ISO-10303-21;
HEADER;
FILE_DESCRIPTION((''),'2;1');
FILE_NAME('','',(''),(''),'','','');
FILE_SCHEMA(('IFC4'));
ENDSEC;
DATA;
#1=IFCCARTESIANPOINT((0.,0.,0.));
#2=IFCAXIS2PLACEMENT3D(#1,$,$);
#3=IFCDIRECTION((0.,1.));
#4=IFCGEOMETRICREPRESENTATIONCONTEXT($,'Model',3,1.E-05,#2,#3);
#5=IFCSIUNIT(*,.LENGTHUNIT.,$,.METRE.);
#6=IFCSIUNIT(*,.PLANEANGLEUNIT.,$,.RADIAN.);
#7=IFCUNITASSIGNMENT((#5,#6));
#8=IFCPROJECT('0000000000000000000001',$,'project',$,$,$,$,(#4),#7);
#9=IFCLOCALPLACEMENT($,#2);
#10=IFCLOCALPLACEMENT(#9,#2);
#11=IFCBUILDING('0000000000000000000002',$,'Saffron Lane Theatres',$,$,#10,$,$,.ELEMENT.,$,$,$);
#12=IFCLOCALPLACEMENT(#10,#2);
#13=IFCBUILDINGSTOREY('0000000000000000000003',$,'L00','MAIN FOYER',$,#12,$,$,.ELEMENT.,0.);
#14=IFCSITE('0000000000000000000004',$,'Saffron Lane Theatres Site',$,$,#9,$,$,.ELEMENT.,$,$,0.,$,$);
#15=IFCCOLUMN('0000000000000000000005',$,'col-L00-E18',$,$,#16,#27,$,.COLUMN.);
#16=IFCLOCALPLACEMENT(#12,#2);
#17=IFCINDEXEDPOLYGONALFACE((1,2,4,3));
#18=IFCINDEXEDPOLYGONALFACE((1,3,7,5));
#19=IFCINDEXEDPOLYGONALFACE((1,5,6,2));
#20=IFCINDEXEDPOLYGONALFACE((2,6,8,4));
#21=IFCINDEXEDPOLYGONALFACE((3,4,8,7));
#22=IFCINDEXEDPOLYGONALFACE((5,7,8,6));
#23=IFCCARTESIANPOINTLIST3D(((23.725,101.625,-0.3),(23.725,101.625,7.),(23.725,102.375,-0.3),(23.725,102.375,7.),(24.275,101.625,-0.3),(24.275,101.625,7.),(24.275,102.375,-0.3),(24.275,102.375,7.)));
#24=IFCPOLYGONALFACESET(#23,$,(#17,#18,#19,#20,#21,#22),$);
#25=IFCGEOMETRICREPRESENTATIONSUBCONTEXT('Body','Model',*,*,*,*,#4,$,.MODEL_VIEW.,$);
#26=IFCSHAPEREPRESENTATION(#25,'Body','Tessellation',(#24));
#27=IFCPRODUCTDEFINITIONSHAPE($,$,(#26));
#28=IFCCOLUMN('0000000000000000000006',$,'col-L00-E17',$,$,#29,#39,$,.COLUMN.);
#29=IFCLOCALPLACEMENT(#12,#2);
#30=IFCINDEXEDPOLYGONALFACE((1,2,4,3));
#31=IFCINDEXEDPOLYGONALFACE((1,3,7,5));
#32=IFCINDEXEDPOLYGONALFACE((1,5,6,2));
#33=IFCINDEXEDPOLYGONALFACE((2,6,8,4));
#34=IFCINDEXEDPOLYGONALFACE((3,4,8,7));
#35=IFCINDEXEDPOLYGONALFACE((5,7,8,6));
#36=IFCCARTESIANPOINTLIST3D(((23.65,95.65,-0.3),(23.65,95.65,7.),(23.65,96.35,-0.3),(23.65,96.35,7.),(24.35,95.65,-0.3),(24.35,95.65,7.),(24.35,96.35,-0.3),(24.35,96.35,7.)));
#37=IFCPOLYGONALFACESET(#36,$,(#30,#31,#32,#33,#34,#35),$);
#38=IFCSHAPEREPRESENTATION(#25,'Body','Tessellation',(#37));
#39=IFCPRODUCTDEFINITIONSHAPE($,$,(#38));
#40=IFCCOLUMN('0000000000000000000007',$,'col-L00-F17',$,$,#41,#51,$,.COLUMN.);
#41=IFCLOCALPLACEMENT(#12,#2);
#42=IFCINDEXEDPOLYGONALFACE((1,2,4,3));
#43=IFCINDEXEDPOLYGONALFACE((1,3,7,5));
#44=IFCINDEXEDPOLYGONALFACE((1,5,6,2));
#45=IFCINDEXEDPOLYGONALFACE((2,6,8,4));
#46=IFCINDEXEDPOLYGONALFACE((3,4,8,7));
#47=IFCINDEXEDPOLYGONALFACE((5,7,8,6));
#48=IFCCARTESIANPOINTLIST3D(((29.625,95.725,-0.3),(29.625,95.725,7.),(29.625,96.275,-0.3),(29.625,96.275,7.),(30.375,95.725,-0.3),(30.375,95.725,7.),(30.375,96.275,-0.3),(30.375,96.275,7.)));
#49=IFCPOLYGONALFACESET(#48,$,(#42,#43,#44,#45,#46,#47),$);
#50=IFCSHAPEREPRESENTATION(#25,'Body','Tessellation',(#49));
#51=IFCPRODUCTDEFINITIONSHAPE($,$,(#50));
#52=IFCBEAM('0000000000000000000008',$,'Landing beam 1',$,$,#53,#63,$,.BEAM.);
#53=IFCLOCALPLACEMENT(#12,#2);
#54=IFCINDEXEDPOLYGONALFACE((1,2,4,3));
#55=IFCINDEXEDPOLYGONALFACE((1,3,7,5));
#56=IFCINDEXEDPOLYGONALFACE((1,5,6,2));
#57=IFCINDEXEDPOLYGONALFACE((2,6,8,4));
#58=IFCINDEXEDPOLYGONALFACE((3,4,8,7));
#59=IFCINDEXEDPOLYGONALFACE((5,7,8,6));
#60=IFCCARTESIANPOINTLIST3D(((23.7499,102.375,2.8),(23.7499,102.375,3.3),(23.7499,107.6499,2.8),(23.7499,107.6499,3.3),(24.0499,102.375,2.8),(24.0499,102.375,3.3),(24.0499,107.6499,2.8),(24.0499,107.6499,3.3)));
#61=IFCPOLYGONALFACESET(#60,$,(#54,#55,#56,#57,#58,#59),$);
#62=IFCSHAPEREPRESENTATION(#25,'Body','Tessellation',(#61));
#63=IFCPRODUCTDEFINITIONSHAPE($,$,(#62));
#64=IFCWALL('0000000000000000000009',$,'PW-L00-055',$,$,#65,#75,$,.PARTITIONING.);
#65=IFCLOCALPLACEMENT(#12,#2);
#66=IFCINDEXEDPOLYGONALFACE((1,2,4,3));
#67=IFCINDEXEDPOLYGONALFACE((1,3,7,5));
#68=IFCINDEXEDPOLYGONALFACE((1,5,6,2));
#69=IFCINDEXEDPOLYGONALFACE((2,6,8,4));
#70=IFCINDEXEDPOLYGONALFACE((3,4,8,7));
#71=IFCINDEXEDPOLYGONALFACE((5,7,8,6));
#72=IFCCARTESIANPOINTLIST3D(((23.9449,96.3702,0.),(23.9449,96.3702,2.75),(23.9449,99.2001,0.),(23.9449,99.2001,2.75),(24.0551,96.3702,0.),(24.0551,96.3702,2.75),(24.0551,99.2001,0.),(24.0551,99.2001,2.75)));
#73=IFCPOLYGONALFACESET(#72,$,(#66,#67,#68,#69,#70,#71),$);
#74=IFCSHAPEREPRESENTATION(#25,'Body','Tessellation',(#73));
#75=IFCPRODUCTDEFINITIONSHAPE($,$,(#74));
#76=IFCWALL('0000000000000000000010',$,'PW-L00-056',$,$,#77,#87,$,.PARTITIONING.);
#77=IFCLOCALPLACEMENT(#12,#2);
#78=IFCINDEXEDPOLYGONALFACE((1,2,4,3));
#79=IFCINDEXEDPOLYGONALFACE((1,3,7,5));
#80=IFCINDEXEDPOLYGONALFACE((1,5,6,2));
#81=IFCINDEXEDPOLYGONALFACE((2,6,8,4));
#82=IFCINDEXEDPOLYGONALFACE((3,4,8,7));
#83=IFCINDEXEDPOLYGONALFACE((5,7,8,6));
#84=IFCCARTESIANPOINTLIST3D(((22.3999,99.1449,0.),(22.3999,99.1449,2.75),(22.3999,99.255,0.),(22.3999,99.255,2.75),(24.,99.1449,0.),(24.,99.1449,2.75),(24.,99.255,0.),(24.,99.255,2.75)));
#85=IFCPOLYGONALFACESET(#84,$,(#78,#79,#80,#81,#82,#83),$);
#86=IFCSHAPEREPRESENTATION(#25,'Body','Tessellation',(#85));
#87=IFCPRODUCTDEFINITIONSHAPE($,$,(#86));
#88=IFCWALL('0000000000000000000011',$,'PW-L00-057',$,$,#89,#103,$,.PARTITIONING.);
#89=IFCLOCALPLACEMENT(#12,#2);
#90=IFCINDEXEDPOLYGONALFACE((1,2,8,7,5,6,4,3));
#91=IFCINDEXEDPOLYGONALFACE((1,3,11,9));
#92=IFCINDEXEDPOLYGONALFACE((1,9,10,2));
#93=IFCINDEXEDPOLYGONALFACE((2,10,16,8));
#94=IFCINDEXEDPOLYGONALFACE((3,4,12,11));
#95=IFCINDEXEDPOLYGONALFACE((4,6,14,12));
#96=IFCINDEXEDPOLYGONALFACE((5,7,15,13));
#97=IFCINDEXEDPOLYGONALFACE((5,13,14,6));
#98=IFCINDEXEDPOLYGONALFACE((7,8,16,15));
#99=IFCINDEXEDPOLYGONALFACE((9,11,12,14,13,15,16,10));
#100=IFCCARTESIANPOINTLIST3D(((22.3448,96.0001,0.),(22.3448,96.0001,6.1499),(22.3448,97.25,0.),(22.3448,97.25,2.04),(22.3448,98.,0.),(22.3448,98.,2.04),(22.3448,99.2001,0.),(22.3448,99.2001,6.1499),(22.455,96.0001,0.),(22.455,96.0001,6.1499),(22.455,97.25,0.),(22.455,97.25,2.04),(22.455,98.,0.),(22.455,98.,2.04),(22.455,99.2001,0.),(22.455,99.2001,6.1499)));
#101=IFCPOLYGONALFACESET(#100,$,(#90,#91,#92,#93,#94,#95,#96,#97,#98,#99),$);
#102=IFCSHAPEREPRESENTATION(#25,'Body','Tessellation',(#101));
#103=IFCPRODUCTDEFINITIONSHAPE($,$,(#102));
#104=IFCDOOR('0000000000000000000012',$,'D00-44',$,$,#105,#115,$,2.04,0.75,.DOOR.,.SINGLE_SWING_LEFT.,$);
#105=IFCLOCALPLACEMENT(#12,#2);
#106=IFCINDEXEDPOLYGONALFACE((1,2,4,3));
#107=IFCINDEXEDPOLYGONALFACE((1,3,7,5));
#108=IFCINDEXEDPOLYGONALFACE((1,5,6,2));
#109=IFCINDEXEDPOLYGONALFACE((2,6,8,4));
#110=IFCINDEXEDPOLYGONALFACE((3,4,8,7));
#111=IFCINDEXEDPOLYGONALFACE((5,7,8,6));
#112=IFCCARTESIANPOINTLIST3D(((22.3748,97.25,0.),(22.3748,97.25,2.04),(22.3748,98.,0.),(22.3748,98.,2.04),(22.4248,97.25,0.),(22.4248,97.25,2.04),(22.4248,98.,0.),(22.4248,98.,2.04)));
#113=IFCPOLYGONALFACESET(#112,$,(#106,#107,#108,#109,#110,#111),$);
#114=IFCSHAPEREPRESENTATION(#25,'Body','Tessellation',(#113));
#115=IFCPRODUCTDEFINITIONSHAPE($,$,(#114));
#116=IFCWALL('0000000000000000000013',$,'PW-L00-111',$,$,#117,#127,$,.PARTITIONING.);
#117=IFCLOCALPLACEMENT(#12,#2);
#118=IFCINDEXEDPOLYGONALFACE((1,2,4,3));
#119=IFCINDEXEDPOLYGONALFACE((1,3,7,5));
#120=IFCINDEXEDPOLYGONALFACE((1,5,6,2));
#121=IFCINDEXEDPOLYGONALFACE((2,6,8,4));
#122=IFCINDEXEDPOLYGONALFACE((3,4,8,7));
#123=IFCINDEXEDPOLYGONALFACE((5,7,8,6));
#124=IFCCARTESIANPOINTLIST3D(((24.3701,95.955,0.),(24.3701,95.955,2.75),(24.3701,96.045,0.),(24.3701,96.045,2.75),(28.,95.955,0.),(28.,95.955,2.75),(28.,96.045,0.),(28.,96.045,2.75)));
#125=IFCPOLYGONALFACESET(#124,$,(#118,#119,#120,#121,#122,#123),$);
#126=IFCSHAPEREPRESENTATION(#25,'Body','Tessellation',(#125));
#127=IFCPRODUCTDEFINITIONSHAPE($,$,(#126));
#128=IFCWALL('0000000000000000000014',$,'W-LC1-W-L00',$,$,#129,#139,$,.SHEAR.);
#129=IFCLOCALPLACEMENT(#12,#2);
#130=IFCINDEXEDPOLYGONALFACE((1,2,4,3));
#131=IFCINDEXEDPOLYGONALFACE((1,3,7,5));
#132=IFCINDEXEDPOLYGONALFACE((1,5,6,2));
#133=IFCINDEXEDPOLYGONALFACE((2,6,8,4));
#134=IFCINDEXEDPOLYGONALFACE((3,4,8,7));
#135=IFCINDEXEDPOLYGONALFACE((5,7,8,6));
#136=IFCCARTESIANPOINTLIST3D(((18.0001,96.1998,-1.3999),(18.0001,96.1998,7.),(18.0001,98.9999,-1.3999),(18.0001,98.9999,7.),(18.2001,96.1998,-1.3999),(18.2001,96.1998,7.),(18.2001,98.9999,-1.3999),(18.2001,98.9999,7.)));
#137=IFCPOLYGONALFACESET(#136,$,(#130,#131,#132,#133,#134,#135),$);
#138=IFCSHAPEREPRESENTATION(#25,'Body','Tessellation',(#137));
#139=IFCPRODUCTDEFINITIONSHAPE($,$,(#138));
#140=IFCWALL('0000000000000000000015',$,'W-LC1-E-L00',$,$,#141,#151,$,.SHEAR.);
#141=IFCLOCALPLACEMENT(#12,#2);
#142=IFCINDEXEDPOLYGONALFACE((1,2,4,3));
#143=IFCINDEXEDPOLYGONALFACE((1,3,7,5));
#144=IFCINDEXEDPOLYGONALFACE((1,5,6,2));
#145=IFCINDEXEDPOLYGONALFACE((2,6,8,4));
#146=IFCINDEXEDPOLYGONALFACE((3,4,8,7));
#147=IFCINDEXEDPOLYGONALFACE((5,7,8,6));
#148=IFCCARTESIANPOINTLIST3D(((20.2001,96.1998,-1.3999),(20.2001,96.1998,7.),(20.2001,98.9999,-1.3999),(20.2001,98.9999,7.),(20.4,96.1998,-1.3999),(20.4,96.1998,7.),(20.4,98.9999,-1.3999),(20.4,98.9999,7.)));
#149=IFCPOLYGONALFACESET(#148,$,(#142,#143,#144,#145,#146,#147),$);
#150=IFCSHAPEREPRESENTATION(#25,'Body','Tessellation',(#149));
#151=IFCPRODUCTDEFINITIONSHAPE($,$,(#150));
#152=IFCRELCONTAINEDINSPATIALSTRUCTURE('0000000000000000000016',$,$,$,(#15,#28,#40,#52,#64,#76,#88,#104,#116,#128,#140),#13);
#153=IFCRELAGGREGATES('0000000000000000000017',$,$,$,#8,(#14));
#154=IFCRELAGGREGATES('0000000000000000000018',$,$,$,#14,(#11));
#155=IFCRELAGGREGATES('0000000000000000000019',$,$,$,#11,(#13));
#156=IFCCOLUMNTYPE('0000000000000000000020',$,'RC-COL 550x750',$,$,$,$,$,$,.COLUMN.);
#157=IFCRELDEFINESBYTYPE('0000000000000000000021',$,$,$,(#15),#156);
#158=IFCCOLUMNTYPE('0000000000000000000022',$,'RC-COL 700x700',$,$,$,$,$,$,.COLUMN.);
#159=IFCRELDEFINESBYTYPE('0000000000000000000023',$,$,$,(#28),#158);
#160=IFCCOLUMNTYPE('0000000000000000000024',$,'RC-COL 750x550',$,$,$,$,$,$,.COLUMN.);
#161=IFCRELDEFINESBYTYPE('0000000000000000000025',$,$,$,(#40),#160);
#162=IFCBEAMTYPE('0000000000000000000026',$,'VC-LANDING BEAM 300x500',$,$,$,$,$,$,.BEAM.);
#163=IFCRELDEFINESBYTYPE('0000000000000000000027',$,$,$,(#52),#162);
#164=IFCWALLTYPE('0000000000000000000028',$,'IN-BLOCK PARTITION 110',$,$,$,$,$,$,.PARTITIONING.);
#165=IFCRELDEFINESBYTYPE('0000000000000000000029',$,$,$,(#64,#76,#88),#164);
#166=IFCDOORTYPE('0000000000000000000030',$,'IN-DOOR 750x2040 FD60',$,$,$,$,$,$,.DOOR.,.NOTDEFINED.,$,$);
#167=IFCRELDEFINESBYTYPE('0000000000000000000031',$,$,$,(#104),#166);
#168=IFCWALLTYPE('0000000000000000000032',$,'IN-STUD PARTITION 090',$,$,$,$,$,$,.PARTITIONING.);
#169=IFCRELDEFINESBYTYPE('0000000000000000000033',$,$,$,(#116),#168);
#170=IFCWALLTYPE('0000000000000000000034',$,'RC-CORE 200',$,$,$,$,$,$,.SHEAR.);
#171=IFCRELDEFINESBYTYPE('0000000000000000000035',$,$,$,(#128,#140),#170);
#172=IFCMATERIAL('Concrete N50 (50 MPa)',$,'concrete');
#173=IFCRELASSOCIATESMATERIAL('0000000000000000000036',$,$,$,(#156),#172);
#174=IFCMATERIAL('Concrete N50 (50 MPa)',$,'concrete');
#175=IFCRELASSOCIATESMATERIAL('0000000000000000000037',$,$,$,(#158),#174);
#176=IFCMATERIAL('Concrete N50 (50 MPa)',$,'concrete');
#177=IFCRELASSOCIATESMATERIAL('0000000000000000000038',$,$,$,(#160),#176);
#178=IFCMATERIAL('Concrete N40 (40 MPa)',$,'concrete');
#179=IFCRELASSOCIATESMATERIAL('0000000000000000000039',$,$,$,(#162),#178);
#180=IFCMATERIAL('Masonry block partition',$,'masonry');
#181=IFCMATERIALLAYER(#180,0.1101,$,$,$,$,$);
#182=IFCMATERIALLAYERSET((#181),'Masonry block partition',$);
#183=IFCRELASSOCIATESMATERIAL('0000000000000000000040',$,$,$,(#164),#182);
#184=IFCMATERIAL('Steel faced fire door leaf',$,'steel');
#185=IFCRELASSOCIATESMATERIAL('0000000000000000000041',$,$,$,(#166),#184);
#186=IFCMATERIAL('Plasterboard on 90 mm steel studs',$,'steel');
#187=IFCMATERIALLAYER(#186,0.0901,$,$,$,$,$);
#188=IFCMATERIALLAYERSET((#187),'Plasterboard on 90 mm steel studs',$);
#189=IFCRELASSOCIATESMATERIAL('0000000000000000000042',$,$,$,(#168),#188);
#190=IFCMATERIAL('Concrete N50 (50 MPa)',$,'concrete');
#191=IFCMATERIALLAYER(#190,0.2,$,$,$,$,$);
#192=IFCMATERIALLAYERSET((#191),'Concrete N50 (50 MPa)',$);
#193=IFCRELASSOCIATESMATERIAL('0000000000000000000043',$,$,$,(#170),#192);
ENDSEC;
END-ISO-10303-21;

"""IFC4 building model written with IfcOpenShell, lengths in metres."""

from ifc_helpers import new_model, si_unit, direction, frame, frame_2d, origin, origin_2d, place, context, subcontext, project, spatial, rectangle, extrude, material, layer, layer_set, material_profile, profile_set, type_object, element, fill, save


model = new_model("IFC4")

# Units and contexts
model_context = context("Model", 3, precision=1e-05, world=origin(), true_north=direction((0.0, 1.0)))
body_context = subcontext(model_context, "Body", "Model", "MODEL_VIEW")
ifc_project = project(units=[si_unit("LENGTHUNIT", "METRE"), si_unit("PLANEANGLEUNIT", "RADIAN")], contexts=[model_context])

# Site, building, storey
site_placement = place(None, origin())
site = spatial("IfcSite", under=ifc_project, at=site_placement, Name="Saffron Lane Theatres Site", CompositionType="ELEMENT", RefElevation=0.0)
building_placement = place(site_placement, origin())
building = spatial("IfcBuilding", under=site, at=building_placement, Name="Saffron Lane Theatres", CompositionType="ELEMENT")
storey_placement = place(building_placement, origin())
storey = spatial("IfcBuildingStorey", under=building, at=storey_placement, Name="L00", Description="MAIN FOYER", CompositionType="ELEMENT", Elevation=0.0)

# Columns
ifc_material_1 = material(Name="Concrete N50 (50 MPa)", Category="concrete")
ifc_material_profile_1 = material_profile(ifc_material_1, rectangle(XDim=0.55, YDim=0.75, at=origin_2d()))
ifc_profile_set_1 = profile_set([ifc_material_profile_1], Name="Concrete N50 (50 MPa)")
column_type_1 = type_object("IfcColumnType", Name="RC-COL 550x750", PredefinedType="COLUMN", material=ifc_profile_set_1)
column_1_placement = place(storey_placement, frame((24.0, 102.0, -0.3), z_axis=(0.0, 0.0, 1.0), x_axis=(1.0, 0.0, 0.0)))
element("IfcColumn", 1, at=column_1_placement, inside=storey, type_object=column_type_1, Name="col-L00-E18", PredefinedType="COLUMN", context=body_context, shape_type="SweptSolid", body=[
    extrude(rectangle(XDim=0.55, YDim=0.75, at=origin_2d()), origin(), (0.0, 0.0, 1.0), 7.3),
])
ifc_material_2 = material(Name="Concrete N50 (50 MPa)", Category="concrete")
ifc_material_profile_2 = material_profile(ifc_material_2, rectangle(XDim=0.7, YDim=0.7, at=origin_2d()))
ifc_profile_set_2 = profile_set([ifc_material_profile_2], Name="Concrete N50 (50 MPa)")
column_type_2 = type_object("IfcColumnType", Name="RC-COL 700x700", PredefinedType="COLUMN", material=ifc_profile_set_2)
column_2_placement = place(storey_placement, frame((24.0, 96.0, -0.3), z_axis=(0.0, 0.0, 1.0), x_axis=(1.0, 0.0, 0.0)))
element("IfcColumn", 2, at=column_2_placement, inside=storey, type_object=column_type_2, Name="col-L00-E17", PredefinedType="COLUMN", context=body_context, shape_type="SweptSolid", body=[
    extrude(rectangle(XDim=0.7, YDim=0.7, at=origin_2d()), origin(), (0.0, 0.0, 1.0), 7.3),
])
ifc_material_3 = material(Name="Concrete N50 (50 MPa)", Category="concrete")
ifc_material_profile_3 = material_profile(ifc_material_3, rectangle(XDim=0.75, YDim=0.55, at=origin_2d()))
ifc_profile_set_3 = profile_set([ifc_material_profile_3], Name="Concrete N50 (50 MPa)")
column_type_3 = type_object("IfcColumnType", Name="RC-COL 750x550", PredefinedType="COLUMN", material=ifc_profile_set_3)
column_3_placement = place(storey_placement, frame((30.0, 96.0, -0.3), z_axis=(0.0, 0.0, 1.0), x_axis=(1.0, 0.0, 0.0)))
element("IfcColumn", 3, at=column_3_placement, inside=storey, type_object=column_type_3, Name="col-L00-F17", PredefinedType="COLUMN", context=body_context, shape_type="SweptSolid", body=[
    extrude(rectangle(XDim=0.75, YDim=0.55, at=origin_2d()), origin(), (0.0, 0.0, 1.0), 7.3),
])

# Beam
ifc_material_4 = material(Name="Concrete N40 (40 MPa)", Category="concrete")
ifc_material_profile_4 = material_profile(ifc_material_4, rectangle(XDim=0.3, YDim=0.5, at=origin_2d()))
ifc_profile_set_4 = profile_set([ifc_material_profile_4], Name="Concrete N40 (40 MPa)")
beam_type = type_object("IfcBeamType", Name="VC-LANDING BEAM 300x500", PredefinedType="BEAM", material=ifc_profile_set_4)
beam_placement = place(storey_placement, frame((23.8999, 102.375, 3.05), z_axis=(0.0, 1.0, 0.0), x_axis=(-1.0, 0.0, 0.0)))
element("IfcBeam", 4, at=beam_placement, inside=storey, type_object=beam_type, Name="Landing beam 1", PredefinedType="BEAM", context=body_context, shape_type="SweptSolid", body=[
    extrude(rectangle(XDim=0.3, YDim=0.5, at=origin_2d()), origin(), (0.0, 0.0, 1.0), 5.2749),
])

# Walls
ifc_material_5 = material(Name="Masonry block partition", Category="masonry")
ifc_layer_1 = layer(ifc_material_5, 0.1101)
ifc_layer_set_1 = layer_set([ifc_layer_1], Name="Masonry block partition")
wall_type_1 = type_object("IfcWallType", Name="IN-BLOCK PARTITION 110", PredefinedType="PARTITIONING", material=ifc_layer_set_1)
wall_1_placement = place(storey_placement, frame((24.0, 96.3701, 0.0), z_axis=(0.0, 0.0, 1.0), x_axis=(0.0, 1.0, 0.0)))
element("IfcWall", 5, at=wall_1_placement, inside=storey, type_object=wall_type_1, Name="PW-L00-055", PredefinedType="PARTITIONING", context=body_context, shape_type="SweptSolid", body=[
    extrude(rectangle(XDim=2.8298, YDim=0.1101, at=frame_2d((1.415, 0.0))), origin(), (0.0, 0.0, 1.0), 2.75),
])
wall_2_placement = place(storey_placement, frame((22.3999, 99.2, 0.0), z_axis=(0.0, 0.0, 1.0), x_axis=(1.0, 0.0, 0.0)))
element("IfcWall", 6, at=wall_2_placement, inside=storey, type_object=wall_type_1, Name="PW-L00-056", PredefinedType="PARTITIONING", context=body_context, shape_type="SweptSolid", body=[
    extrude(rectangle(XDim=1.6001, YDim=0.1101, at=frame_2d((0.8, 0.0))), origin(), (0.0, 0.0, 1.0), 2.75),
])

# Wall, opening, door
wall_3_placement = place(storey_placement, frame((22.3999, 96.0, 0.0), z_axis=(0.0, 0.0, 1.0), x_axis=(0.0, 1.0, 0.0)))
wall_3 = element("IfcWall", 7, at=wall_3_placement, inside=storey, type_object=wall_type_1, Name="PW-L00-057", PredefinedType="PARTITIONING", context=body_context, shape_type="SweptSolid", body=[
    extrude(rectangle(XDim=3.2, YDim=0.1101, at=frame_2d((1.6001, 0.0))), origin(), (0.0, 0.0, 1.0), 6.1499),
])
opening_placement = place(wall_3_placement, frame((1.25, 0.0, 0.0)))
opening = element("IfcOpeningElement", 8, at=opening_placement, cuts=wall_3, PredefinedType="OPENING", context=body_context, shape_type="SweptSolid", body=[
    extrude(rectangle(XDim=0.75, YDim=2.04, at=frame_2d((0.375, 1.02))), frame((0.0, 0.0649, 0.0), z_axis=(0.0, -1.0, 0.0), x_axis=(1.0, 0.0, 0.0)), (0.0, 0.0, 1.0), 0.1301),
])
ifc_material_6 = material(Name="Steel faced fire door leaf", Category="steel")
door_type = type_object("IfcDoorType", Name="IN-DOOR 750x2040 FD60", OperationType="NOTDEFINED", PredefinedType="DOOR", material=ifc_material_6)
door_placement = place(opening_placement, frame((0.75, 0.0, 0.0), z_axis=(0.0, 0.0, 1.0), x_axis=(-1.0, 0.0, 0.0)))
door = element("IfcDoor", 9, at=door_placement, inside=storey, type_object=door_type, Name="D00-44", OperationType="SINGLE_SWING_LEFT", OverallHeight=2.04, OverallWidth=0.75, PredefinedType="DOOR", context=body_context, shape_type="SweptSolid", body=[
    extrude(rectangle(XDim=0.75, YDim=2.04, at=frame_2d((0.375, 1.02))), frame((0.0, 0.0249, 0.0), z_axis=(0.0, -1.0, 0.0), x_axis=(1.0, 0.0, 0.0)), (0.0, 0.0, 1.0), 0.05),
])
fill(opening, door)

# Walls
ifc_material_7 = material(Name="Plasterboard on 90 mm steel studs", Category="steel")
ifc_layer_2 = layer(ifc_material_7, 0.0901)
ifc_layer_set_2 = layer_set([ifc_layer_2], Name="Plasterboard on 90 mm steel studs")
wall_type_2 = type_object("IfcWallType", Name="IN-STUD PARTITION 090", PredefinedType="PARTITIONING", material=ifc_layer_set_2)
wall_4_placement = place(storey_placement, frame((24.3701, 96.0, 0.0), z_axis=(0.0, 0.0, 1.0), x_axis=(1.0, 0.0, 0.0)))
element("IfcWall", 10, at=wall_4_placement, inside=storey, type_object=wall_type_2, Name="PW-L00-111", PredefinedType="PARTITIONING", context=body_context, shape_type="SweptSolid", body=[
    extrude(rectangle(XDim=3.6299, YDim=0.0901, at=frame_2d((1.8149, 0.0))), origin(), (0.0, 0.0, 1.0), 2.75),
])
ifc_material_8 = material(Name="Concrete N50 (50 MPa)", Category="concrete")
ifc_layer_3 = layer(ifc_material_8, 0.2)
ifc_layer_set_3 = layer_set([ifc_layer_3], Name="Concrete N50 (50 MPa)")
wall_type_3 = type_object("IfcWallType", Name="RC-CORE 200", PredefinedType="SHEAR", material=ifc_layer_set_3)
for number, where, z_axis, x_axis, name in (
    (11, (18.1001, 96.2, -1.3999), (0.0, 0.0, 1.0), (0.0, 1.0, 0.0), "W-LC1-W-L00"),
    (12, (20.3, 96.2, -1.3999), (0.0, 0.0, 1.0), (0.0, 1.0, 0.0), "W-LC1-E-L00"),
):
    element("IfcWall", number, at=place(storey_placement, frame(where, z_axis=z_axis, x_axis=x_axis)), inside=storey, type_object=wall_type_3, Name=name, PredefinedType="SHEAR", context=body_context, shape_type="SweptSolid", body=[
        extrude(rectangle(XDim=2.8, YDim=0.2, at=frame_2d((1.3999, 0.0))), origin(), (0.0, 0.0, 1.0), 8.3999),
    ])

save(model, "model.ifc")
